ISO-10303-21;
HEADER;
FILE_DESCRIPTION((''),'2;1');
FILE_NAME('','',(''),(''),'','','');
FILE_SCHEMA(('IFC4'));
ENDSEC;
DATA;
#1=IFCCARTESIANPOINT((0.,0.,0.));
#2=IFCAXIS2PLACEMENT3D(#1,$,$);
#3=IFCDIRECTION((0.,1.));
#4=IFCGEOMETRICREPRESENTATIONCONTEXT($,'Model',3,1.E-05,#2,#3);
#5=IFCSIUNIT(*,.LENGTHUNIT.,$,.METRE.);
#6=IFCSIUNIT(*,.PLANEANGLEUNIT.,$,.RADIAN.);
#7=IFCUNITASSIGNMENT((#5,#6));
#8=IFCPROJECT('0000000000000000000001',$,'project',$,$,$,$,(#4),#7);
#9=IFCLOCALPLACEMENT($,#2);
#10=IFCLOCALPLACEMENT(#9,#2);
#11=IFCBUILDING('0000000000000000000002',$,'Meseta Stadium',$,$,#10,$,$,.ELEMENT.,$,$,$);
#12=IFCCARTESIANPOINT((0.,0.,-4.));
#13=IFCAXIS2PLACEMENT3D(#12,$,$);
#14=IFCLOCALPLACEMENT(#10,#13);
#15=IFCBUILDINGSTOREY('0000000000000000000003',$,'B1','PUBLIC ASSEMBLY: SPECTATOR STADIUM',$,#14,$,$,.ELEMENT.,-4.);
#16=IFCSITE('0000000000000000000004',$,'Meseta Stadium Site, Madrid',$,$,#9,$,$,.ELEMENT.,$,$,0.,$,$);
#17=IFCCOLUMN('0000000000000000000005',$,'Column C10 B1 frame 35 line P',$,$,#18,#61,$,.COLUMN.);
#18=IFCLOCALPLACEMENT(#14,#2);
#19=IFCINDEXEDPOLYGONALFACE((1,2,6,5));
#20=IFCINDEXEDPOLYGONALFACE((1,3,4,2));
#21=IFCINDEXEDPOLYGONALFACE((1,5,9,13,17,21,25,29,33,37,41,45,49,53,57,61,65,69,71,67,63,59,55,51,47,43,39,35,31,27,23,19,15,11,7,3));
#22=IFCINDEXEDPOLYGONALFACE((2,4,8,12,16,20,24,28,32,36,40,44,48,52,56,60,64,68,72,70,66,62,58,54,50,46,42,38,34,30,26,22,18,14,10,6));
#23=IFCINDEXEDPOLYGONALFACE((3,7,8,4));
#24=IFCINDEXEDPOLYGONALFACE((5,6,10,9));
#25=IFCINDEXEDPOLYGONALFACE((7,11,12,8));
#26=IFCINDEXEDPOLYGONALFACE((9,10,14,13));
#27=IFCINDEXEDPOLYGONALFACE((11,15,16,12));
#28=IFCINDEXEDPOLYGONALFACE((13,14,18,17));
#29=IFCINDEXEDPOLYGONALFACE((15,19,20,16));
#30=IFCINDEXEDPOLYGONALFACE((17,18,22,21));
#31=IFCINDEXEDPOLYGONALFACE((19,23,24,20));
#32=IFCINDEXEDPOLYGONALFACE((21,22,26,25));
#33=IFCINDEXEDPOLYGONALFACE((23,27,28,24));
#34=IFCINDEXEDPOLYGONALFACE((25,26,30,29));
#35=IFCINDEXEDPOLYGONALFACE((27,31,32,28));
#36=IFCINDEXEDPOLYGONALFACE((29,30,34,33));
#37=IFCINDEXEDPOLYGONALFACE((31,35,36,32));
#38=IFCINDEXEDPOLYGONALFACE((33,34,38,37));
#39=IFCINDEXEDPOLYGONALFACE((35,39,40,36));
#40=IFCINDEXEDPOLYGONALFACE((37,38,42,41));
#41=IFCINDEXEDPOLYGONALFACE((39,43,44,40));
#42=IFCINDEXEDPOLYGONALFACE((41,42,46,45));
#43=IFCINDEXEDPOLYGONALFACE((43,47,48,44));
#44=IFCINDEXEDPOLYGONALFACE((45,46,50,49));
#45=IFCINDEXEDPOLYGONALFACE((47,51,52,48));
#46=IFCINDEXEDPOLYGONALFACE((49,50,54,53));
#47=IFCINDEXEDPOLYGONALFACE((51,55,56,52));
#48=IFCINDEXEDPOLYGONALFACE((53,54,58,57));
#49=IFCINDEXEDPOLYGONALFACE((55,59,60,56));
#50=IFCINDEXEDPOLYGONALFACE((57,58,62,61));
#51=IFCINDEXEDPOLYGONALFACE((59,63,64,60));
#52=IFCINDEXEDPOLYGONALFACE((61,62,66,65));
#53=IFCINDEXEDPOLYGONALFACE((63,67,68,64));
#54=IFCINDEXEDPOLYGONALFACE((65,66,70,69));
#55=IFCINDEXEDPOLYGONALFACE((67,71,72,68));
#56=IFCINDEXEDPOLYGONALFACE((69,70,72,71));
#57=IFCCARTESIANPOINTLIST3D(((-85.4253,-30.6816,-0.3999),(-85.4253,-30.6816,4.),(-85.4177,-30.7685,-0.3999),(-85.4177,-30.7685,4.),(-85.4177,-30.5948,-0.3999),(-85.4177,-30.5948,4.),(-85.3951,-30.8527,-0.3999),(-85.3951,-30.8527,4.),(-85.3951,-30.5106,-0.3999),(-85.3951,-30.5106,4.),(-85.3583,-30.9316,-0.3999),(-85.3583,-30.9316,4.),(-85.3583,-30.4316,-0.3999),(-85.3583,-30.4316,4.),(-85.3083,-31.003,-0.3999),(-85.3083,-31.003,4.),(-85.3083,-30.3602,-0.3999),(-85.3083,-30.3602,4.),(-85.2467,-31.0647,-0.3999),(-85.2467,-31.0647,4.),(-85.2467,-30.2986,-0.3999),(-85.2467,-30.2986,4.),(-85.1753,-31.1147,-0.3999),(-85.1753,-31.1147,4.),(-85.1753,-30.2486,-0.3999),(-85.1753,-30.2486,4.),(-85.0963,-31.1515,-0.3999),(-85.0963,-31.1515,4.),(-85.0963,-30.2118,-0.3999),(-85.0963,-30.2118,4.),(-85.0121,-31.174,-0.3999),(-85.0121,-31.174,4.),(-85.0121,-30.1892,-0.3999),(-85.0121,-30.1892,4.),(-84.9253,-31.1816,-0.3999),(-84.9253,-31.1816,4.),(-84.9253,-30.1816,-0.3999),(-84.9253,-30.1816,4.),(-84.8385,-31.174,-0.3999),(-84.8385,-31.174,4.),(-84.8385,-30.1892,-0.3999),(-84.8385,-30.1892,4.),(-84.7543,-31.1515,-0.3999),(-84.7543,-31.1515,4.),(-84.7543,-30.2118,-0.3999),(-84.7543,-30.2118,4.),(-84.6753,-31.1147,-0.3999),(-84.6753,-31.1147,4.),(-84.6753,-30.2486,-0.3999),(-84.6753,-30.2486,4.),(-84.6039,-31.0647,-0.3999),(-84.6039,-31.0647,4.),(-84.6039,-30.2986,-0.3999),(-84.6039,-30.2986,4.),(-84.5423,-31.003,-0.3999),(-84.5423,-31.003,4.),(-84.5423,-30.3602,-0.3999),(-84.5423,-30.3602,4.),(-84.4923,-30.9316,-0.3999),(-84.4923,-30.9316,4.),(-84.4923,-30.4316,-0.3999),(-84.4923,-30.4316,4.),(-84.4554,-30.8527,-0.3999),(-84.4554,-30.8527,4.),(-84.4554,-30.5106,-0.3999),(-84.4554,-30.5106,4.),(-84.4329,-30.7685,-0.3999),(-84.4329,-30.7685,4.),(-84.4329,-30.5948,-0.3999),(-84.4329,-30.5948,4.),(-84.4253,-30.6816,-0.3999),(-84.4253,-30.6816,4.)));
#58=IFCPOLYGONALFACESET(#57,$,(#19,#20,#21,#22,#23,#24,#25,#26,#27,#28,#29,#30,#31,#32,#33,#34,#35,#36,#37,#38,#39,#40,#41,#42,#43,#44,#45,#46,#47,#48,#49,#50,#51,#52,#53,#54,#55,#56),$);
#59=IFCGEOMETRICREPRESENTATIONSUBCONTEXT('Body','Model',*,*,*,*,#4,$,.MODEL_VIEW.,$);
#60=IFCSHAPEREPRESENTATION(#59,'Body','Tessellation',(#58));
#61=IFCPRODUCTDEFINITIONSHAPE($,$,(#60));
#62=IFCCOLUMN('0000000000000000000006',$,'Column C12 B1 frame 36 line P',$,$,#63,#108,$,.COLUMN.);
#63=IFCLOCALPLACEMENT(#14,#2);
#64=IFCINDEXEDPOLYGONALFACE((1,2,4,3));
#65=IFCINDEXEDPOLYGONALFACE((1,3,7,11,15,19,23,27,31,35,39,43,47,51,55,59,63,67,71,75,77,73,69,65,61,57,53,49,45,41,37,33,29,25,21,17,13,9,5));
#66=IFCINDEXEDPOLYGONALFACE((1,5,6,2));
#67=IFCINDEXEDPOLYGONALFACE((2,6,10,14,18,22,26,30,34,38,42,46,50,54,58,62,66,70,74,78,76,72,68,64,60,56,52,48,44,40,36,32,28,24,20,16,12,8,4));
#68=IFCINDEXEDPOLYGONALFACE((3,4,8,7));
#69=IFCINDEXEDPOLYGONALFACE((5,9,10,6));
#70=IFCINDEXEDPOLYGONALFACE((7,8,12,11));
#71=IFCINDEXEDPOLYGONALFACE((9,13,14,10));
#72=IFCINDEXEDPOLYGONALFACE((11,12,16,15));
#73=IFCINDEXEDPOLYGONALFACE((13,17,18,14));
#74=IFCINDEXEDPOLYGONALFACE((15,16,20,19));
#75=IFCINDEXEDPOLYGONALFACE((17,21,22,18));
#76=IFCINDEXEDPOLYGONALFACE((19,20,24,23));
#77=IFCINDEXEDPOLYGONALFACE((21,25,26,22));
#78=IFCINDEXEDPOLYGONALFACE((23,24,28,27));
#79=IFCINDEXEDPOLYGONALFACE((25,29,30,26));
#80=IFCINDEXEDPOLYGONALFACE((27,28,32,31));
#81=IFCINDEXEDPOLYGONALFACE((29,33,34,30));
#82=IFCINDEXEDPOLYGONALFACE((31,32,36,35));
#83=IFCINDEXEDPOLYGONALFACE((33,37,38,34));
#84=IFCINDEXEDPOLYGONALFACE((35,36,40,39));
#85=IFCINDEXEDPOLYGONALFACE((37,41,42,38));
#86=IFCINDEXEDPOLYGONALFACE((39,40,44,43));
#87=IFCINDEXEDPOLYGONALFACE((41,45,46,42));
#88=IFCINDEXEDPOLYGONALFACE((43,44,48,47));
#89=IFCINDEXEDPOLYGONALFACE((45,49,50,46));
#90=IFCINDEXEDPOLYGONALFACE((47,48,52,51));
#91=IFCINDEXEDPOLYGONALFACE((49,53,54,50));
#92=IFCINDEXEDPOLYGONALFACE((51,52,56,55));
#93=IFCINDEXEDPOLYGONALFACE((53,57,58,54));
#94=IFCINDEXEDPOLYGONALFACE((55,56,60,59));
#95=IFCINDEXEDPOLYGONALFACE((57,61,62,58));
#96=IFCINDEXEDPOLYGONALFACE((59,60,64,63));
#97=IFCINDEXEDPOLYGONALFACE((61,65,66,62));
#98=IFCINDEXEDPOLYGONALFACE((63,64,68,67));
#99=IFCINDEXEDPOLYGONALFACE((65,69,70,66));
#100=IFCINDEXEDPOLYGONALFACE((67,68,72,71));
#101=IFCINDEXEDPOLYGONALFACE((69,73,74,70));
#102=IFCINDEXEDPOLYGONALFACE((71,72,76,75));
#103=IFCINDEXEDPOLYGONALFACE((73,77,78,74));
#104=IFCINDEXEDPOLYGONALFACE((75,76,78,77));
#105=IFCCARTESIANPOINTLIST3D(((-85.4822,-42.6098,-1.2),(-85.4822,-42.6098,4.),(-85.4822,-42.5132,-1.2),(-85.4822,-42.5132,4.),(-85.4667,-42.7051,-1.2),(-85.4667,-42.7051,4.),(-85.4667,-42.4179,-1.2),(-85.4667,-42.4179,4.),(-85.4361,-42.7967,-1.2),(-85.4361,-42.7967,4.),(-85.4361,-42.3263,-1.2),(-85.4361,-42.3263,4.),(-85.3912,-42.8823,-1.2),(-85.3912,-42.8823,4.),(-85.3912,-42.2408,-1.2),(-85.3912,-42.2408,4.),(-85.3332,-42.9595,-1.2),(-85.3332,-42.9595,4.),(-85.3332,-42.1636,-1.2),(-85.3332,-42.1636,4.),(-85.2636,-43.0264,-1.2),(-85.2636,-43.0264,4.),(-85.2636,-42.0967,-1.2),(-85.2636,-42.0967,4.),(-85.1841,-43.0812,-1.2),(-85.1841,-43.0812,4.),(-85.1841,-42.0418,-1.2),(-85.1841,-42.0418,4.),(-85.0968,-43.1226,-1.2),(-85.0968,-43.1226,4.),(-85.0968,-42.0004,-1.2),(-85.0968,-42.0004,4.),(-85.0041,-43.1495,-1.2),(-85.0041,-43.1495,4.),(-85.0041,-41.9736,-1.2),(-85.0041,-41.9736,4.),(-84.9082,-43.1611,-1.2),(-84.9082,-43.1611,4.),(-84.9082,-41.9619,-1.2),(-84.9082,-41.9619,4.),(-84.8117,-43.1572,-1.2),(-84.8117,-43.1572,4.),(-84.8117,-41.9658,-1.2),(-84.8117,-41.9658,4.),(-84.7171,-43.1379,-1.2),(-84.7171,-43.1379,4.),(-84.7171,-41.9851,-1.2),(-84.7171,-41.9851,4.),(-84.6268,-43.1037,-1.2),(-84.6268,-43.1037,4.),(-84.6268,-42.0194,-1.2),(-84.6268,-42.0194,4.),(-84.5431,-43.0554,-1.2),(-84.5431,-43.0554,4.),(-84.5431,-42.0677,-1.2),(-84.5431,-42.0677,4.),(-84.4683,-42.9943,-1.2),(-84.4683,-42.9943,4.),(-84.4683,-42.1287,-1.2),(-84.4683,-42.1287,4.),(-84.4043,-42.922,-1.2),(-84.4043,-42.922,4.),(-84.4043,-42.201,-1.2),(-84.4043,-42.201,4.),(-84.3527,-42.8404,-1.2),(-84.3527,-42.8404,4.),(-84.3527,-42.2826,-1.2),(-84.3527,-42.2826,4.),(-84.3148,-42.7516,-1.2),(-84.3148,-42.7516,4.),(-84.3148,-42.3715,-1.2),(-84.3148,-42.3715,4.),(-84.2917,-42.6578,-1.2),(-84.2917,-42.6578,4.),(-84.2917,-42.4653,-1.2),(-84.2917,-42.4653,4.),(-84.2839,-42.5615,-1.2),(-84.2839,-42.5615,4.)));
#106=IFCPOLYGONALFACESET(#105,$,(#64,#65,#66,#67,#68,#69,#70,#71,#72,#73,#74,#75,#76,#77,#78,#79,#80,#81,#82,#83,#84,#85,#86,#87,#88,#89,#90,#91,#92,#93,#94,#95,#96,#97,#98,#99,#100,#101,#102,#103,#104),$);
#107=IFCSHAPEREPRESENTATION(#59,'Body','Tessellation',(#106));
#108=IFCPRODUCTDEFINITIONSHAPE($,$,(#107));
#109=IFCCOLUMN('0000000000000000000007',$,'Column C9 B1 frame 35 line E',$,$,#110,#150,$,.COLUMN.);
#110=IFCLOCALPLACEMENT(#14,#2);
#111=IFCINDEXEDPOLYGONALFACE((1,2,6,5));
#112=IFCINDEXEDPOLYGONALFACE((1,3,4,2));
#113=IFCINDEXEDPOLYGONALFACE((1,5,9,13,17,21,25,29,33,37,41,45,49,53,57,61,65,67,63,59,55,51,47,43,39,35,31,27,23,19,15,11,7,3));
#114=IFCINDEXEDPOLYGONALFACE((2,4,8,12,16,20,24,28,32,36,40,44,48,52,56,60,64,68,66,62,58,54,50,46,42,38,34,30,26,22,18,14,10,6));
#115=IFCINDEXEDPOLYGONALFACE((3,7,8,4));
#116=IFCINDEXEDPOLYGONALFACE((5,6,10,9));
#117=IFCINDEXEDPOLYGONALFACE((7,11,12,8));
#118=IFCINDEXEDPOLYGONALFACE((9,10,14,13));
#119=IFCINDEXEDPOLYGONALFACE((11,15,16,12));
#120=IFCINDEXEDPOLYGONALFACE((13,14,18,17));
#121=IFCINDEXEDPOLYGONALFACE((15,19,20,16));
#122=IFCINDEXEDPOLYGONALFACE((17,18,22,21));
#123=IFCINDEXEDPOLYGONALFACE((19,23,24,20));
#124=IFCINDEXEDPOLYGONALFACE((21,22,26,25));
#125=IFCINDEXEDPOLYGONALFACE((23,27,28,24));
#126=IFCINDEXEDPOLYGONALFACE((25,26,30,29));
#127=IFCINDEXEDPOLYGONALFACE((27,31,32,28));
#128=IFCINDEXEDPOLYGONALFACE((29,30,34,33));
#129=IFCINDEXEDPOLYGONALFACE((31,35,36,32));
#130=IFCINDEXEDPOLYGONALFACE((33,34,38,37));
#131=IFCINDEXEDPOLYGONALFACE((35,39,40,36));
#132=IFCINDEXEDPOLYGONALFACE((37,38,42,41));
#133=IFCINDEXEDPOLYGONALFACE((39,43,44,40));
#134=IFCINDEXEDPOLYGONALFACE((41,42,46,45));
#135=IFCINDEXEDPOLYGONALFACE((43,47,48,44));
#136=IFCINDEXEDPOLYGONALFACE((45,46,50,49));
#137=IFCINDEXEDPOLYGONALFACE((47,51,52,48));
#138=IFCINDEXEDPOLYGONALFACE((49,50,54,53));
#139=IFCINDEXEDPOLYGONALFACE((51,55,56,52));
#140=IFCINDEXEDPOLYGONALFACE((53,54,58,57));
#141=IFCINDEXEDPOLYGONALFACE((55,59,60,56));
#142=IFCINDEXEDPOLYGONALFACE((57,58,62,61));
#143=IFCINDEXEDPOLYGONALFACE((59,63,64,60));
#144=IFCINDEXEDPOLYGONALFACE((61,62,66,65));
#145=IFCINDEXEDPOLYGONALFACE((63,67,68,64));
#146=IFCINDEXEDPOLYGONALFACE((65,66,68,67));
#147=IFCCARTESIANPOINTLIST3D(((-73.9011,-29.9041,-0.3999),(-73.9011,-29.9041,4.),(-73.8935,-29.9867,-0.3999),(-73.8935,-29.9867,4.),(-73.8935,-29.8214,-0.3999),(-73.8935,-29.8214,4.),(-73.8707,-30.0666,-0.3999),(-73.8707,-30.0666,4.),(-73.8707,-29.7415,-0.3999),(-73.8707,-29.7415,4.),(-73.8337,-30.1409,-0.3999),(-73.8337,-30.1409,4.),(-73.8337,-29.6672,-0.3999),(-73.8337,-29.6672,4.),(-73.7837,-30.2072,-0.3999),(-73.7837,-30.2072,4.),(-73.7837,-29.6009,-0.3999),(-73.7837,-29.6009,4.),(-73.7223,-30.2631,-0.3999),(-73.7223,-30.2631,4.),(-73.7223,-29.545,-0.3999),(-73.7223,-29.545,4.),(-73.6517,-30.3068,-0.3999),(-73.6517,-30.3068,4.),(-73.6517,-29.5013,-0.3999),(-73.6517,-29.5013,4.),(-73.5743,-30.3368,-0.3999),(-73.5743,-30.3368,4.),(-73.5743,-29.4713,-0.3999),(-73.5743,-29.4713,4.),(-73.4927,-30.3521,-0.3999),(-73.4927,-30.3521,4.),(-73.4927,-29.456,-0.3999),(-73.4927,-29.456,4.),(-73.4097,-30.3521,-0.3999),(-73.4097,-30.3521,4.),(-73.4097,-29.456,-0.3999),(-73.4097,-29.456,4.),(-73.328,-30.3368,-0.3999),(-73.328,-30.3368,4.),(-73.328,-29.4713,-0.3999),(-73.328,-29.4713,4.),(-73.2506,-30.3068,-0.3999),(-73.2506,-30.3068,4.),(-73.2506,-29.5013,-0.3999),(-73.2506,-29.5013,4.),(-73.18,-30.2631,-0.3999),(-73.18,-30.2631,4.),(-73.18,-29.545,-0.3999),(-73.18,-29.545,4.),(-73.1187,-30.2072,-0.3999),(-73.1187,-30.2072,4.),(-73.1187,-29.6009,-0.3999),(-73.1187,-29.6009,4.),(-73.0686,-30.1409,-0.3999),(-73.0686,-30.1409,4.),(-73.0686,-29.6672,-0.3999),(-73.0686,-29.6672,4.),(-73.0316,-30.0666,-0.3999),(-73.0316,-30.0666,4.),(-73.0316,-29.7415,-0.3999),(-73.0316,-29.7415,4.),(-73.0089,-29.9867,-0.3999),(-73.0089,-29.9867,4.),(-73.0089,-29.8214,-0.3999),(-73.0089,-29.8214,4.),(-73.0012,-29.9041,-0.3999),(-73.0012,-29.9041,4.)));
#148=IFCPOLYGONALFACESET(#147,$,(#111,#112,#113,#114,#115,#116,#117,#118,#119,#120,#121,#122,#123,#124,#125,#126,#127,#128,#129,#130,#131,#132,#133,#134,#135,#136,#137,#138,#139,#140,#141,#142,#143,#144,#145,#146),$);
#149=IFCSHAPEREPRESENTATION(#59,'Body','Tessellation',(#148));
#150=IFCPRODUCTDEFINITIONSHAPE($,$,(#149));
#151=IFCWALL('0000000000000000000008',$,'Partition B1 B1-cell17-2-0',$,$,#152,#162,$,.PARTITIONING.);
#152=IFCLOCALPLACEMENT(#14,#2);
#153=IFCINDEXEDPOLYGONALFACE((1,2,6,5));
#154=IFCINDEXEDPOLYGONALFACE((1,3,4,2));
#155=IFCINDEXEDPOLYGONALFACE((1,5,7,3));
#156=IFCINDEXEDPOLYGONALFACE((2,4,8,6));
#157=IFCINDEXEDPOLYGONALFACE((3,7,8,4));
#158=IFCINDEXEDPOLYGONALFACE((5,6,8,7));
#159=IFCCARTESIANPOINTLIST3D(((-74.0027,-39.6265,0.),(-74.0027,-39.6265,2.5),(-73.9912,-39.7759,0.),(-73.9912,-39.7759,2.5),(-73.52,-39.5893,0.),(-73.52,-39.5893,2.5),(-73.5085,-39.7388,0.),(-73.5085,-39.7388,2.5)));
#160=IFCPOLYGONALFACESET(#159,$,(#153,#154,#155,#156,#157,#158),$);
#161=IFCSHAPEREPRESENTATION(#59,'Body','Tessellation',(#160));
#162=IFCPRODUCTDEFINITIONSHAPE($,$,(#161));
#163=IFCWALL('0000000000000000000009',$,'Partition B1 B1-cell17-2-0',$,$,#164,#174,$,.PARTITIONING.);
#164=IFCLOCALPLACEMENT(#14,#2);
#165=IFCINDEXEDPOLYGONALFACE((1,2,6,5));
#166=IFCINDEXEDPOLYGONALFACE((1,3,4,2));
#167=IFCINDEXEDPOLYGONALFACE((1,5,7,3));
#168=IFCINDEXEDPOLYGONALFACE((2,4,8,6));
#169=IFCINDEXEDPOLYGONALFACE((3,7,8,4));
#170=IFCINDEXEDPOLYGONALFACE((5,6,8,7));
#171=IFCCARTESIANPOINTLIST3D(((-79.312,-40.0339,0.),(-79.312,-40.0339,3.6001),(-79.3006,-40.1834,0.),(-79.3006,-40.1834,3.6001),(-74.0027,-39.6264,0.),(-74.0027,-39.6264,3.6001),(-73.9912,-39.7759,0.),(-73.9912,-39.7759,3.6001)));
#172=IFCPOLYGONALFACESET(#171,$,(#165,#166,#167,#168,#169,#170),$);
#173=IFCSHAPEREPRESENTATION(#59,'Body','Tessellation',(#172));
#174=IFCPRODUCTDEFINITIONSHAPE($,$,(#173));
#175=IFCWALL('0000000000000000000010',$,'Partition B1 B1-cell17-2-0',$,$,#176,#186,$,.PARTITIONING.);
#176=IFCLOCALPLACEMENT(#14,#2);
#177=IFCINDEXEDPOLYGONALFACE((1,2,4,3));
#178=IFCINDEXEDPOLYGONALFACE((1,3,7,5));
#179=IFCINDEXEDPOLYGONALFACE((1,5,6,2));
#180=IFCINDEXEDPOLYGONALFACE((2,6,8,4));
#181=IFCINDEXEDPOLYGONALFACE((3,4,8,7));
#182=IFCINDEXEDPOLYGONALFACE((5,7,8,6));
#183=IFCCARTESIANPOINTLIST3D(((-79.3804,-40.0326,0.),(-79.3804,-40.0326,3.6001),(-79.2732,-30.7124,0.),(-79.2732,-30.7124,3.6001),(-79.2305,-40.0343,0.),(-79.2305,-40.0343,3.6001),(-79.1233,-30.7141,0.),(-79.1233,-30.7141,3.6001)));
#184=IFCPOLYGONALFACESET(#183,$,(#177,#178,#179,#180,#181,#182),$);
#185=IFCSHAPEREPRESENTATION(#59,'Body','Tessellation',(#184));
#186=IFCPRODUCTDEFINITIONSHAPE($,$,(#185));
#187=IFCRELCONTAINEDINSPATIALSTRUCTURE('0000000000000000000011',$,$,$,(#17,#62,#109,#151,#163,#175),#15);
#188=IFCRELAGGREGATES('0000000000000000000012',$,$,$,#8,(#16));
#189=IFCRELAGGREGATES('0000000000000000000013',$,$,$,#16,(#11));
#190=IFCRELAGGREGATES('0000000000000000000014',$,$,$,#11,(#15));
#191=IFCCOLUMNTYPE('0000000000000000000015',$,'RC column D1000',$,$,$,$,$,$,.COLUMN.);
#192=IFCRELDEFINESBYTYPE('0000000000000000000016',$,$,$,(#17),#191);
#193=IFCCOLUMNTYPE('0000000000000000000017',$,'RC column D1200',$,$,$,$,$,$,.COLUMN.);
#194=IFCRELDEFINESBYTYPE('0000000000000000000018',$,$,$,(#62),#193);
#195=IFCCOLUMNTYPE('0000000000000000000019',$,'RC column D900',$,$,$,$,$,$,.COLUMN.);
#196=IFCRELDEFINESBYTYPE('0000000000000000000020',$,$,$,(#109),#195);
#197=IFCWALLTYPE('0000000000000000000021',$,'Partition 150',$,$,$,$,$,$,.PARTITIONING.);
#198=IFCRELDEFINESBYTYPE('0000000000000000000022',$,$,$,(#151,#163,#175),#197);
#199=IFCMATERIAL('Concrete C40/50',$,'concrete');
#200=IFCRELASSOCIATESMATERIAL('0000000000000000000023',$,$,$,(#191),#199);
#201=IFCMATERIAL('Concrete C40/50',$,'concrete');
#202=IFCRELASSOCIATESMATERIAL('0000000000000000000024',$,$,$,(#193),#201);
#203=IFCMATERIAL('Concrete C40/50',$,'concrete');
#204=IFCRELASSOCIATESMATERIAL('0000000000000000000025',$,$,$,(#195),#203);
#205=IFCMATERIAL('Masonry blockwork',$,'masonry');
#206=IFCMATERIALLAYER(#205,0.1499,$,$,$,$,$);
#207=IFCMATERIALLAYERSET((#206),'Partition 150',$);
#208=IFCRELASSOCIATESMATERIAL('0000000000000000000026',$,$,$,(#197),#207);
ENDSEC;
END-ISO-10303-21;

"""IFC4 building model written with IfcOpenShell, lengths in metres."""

from ifc_helpers import new_model, si_unit, direction, frame, frame_2d, origin, origin_2d, place, context, subcontext, project, spatial, rectangle, circle, extrude, material, layer, layer_set, material_profile, profile_set, type_object, element, save


model = new_model("IFC4")

# Units and contexts
model_context = context("Model", 3, precision=1e-05, world=origin(), true_north=direction((0.0, 1.0)))
body_context = subcontext(model_context, "Body", "Model", "MODEL_VIEW")
ifc_project = project(units=[si_unit("LENGTHUNIT", "METRE"), si_unit("PLANEANGLEUNIT", "RADIAN")], contexts=[model_context])

# Site, building, storey
site_placement = place(None, origin())
site = spatial("IfcSite", under=ifc_project, at=site_placement, Name="Meseta Stadium Site, Madrid", CompositionType="ELEMENT", RefElevation=0.0)
building_placement = place(site_placement, origin())
building = spatial("IfcBuilding", under=site, at=building_placement, Name="Meseta Stadium", CompositionType="ELEMENT")
storey_placement = place(building_placement, frame((0.0, 0.0, -4.0)))
storey = spatial("IfcBuildingStorey", under=building, at=storey_placement, Name="B1", Description="PUBLIC ASSEMBLY: SPECTATOR STADIUM", CompositionType="ELEMENT", Elevation=-4.0)

# Columns
ifc_material_1 = material(Name="Concrete C40/50", Category="concrete")
ifc_material_profile_1 = material_profile(ifc_material_1, circle(Radius=0.5, at=origin_2d()), Name="RC D1000")
ifc_profile_set_1 = profile_set([ifc_material_profile_1], Name="Concrete C40/50")
column_type_1 = type_object("IfcColumnType", Name="RC column D1000", PredefinedType="COLUMN", material=ifc_profile_set_1)
column_1_placement = place(storey_placement, frame((-84.9253, -30.6816, -0.3999), z_axis=(0.0, 0.0, 1.0), x_axis=(1.0, 0.0, 0.0)))
element("IfcColumn", 1, at=column_1_placement, inside=storey, type_object=column_type_1, Name="Column C10 B1 frame 35 line P", PredefinedType="COLUMN", context=body_context, shape_type="SweptSolid", body=[
    extrude(circle(Radius=0.5, at=origin_2d()), origin(), (0.0, 0.0, 1.0), 4.3999),
])
ifc_material_2 = material(Name="Concrete C40/50", Category="concrete")
ifc_material_profile_2 = material_profile(ifc_material_2, circle(Radius=0.6001, at=origin_2d()), Name="RC D1200")
ifc_profile_set_2 = profile_set([ifc_material_profile_2], Name="Concrete C40/50")
column_type_2 = type_object("IfcColumnType", Name="RC column D1200", PredefinedType="COLUMN", material=ifc_profile_set_2)
column_2_placement = place(storey_placement, frame((-84.884, -42.5615, -1.2), z_axis=(0.0, 0.0, 1.0), x_axis=(1.0, 0.0, 0.0)))
element("IfcColumn", 2, at=column_2_placement, inside=storey, type_object=column_type_2, Name="Column C12 B1 frame 36 line P", PredefinedType="COLUMN", context=body_context, shape_type="SweptSolid", body=[
    extrude(circle(Radius=0.6001, at=origin_2d()), origin(), (0.0, 0.0, 1.0), 5.2),
])
ifc_material_3 = material(Name="Concrete C40/50", Category="concrete")
ifc_material_profile_3 = material_profile(ifc_material_3, circle(Radius=0.45, at=origin_2d()), Name="RC D900")
ifc_profile_set_3 = profile_set([ifc_material_profile_3], Name="Concrete C40/50")
column_type_3 = type_object("IfcColumnType", Name="RC column D900", PredefinedType="COLUMN", material=ifc_profile_set_3)
column_3_placement = place(storey_placement, frame((-73.4512, -29.9041, -0.3999), z_axis=(0.0, 0.0, 1.0), x_axis=(1.0, 0.0, 0.0)))
element("IfcColumn", 3, at=column_3_placement, inside=storey, type_object=column_type_3, Name="Column C9 B1 frame 35 line E", PredefinedType="COLUMN", context=body_context, shape_type="SweptSolid", body=[
    extrude(circle(Radius=0.45, at=origin_2d()), origin(), (0.0, 0.0, 1.0), 4.3999),
])

# Walls
ifc_material_4 = material(Name="Masonry blockwork", Category="masonry")
ifc_layer = layer(ifc_material_4, 0.1499)
ifc_layer_set = layer_set([ifc_layer], Name="Partition 150")
wall_type = type_object("IfcWallType", Name="Partition 150", PredefinedType="PARTITIONING", material=ifc_layer_set)
wall_1_placement = place(storey_placement, frame((-73.5142, -39.6641, 0.0), z_axis=(0.0, 0.0, 1.0), x_axis=(-0.997057, -0.076658, 0.0)))
element("IfcWall", 4, at=wall_1_placement, inside=storey, type_object=wall_type, Name="Partition B1 B1-cell17-2-0", PredefinedType="PARTITIONING", context=body_context, shape_type="SweptSolid", body=[
    extrude(rectangle(XDim=0.4841, YDim=0.1499, at=frame_2d((0.2422, 0.0))), origin(), (0.0, 0.0, 1.0), 2.5),
])
wall_2_placement = place(storey_placement, frame((-73.9968, -39.7012, 0.0), z_axis=(0.0, 0.0, 1.0), x_axis=(-0.997068, -0.076521, 0.0)))
element("IfcWall", 5, at=wall_2_placement, inside=storey, type_object=wall_type, Name="Partition B1 B1-cell17-2-0", PredefinedType="PARTITIONING", context=body_context, shape_type="SweptSolid", body=[
    extrude(rectangle(XDim=5.325, YDim=0.1499, at=frame_2d((2.6626, 0.0))), origin(), (0.0, 0.0, 1.0), 3.6001),
])
wall_3_placement = place(storey_placement, frame((-79.3054, -40.0334, 0.0), z_axis=(0.0, 0.0, 1.0), x_axis=(0.011499, 0.999934, 0.0)))
element("IfcWall", 6, at=wall_3_placement, inside=storey, type_object=wall_type, Name="Partition B1 B1-cell17-2-0", PredefinedType="PARTITIONING", context=body_context, shape_type="SweptSolid", body=[
    extrude(rectangle(XDim=9.3208, YDim=0.1499, at=frame_2d((4.6604, 0.0))), origin(), (0.0, 0.0, 1.0), 3.6001),
])

save(model, "model.ifc")
